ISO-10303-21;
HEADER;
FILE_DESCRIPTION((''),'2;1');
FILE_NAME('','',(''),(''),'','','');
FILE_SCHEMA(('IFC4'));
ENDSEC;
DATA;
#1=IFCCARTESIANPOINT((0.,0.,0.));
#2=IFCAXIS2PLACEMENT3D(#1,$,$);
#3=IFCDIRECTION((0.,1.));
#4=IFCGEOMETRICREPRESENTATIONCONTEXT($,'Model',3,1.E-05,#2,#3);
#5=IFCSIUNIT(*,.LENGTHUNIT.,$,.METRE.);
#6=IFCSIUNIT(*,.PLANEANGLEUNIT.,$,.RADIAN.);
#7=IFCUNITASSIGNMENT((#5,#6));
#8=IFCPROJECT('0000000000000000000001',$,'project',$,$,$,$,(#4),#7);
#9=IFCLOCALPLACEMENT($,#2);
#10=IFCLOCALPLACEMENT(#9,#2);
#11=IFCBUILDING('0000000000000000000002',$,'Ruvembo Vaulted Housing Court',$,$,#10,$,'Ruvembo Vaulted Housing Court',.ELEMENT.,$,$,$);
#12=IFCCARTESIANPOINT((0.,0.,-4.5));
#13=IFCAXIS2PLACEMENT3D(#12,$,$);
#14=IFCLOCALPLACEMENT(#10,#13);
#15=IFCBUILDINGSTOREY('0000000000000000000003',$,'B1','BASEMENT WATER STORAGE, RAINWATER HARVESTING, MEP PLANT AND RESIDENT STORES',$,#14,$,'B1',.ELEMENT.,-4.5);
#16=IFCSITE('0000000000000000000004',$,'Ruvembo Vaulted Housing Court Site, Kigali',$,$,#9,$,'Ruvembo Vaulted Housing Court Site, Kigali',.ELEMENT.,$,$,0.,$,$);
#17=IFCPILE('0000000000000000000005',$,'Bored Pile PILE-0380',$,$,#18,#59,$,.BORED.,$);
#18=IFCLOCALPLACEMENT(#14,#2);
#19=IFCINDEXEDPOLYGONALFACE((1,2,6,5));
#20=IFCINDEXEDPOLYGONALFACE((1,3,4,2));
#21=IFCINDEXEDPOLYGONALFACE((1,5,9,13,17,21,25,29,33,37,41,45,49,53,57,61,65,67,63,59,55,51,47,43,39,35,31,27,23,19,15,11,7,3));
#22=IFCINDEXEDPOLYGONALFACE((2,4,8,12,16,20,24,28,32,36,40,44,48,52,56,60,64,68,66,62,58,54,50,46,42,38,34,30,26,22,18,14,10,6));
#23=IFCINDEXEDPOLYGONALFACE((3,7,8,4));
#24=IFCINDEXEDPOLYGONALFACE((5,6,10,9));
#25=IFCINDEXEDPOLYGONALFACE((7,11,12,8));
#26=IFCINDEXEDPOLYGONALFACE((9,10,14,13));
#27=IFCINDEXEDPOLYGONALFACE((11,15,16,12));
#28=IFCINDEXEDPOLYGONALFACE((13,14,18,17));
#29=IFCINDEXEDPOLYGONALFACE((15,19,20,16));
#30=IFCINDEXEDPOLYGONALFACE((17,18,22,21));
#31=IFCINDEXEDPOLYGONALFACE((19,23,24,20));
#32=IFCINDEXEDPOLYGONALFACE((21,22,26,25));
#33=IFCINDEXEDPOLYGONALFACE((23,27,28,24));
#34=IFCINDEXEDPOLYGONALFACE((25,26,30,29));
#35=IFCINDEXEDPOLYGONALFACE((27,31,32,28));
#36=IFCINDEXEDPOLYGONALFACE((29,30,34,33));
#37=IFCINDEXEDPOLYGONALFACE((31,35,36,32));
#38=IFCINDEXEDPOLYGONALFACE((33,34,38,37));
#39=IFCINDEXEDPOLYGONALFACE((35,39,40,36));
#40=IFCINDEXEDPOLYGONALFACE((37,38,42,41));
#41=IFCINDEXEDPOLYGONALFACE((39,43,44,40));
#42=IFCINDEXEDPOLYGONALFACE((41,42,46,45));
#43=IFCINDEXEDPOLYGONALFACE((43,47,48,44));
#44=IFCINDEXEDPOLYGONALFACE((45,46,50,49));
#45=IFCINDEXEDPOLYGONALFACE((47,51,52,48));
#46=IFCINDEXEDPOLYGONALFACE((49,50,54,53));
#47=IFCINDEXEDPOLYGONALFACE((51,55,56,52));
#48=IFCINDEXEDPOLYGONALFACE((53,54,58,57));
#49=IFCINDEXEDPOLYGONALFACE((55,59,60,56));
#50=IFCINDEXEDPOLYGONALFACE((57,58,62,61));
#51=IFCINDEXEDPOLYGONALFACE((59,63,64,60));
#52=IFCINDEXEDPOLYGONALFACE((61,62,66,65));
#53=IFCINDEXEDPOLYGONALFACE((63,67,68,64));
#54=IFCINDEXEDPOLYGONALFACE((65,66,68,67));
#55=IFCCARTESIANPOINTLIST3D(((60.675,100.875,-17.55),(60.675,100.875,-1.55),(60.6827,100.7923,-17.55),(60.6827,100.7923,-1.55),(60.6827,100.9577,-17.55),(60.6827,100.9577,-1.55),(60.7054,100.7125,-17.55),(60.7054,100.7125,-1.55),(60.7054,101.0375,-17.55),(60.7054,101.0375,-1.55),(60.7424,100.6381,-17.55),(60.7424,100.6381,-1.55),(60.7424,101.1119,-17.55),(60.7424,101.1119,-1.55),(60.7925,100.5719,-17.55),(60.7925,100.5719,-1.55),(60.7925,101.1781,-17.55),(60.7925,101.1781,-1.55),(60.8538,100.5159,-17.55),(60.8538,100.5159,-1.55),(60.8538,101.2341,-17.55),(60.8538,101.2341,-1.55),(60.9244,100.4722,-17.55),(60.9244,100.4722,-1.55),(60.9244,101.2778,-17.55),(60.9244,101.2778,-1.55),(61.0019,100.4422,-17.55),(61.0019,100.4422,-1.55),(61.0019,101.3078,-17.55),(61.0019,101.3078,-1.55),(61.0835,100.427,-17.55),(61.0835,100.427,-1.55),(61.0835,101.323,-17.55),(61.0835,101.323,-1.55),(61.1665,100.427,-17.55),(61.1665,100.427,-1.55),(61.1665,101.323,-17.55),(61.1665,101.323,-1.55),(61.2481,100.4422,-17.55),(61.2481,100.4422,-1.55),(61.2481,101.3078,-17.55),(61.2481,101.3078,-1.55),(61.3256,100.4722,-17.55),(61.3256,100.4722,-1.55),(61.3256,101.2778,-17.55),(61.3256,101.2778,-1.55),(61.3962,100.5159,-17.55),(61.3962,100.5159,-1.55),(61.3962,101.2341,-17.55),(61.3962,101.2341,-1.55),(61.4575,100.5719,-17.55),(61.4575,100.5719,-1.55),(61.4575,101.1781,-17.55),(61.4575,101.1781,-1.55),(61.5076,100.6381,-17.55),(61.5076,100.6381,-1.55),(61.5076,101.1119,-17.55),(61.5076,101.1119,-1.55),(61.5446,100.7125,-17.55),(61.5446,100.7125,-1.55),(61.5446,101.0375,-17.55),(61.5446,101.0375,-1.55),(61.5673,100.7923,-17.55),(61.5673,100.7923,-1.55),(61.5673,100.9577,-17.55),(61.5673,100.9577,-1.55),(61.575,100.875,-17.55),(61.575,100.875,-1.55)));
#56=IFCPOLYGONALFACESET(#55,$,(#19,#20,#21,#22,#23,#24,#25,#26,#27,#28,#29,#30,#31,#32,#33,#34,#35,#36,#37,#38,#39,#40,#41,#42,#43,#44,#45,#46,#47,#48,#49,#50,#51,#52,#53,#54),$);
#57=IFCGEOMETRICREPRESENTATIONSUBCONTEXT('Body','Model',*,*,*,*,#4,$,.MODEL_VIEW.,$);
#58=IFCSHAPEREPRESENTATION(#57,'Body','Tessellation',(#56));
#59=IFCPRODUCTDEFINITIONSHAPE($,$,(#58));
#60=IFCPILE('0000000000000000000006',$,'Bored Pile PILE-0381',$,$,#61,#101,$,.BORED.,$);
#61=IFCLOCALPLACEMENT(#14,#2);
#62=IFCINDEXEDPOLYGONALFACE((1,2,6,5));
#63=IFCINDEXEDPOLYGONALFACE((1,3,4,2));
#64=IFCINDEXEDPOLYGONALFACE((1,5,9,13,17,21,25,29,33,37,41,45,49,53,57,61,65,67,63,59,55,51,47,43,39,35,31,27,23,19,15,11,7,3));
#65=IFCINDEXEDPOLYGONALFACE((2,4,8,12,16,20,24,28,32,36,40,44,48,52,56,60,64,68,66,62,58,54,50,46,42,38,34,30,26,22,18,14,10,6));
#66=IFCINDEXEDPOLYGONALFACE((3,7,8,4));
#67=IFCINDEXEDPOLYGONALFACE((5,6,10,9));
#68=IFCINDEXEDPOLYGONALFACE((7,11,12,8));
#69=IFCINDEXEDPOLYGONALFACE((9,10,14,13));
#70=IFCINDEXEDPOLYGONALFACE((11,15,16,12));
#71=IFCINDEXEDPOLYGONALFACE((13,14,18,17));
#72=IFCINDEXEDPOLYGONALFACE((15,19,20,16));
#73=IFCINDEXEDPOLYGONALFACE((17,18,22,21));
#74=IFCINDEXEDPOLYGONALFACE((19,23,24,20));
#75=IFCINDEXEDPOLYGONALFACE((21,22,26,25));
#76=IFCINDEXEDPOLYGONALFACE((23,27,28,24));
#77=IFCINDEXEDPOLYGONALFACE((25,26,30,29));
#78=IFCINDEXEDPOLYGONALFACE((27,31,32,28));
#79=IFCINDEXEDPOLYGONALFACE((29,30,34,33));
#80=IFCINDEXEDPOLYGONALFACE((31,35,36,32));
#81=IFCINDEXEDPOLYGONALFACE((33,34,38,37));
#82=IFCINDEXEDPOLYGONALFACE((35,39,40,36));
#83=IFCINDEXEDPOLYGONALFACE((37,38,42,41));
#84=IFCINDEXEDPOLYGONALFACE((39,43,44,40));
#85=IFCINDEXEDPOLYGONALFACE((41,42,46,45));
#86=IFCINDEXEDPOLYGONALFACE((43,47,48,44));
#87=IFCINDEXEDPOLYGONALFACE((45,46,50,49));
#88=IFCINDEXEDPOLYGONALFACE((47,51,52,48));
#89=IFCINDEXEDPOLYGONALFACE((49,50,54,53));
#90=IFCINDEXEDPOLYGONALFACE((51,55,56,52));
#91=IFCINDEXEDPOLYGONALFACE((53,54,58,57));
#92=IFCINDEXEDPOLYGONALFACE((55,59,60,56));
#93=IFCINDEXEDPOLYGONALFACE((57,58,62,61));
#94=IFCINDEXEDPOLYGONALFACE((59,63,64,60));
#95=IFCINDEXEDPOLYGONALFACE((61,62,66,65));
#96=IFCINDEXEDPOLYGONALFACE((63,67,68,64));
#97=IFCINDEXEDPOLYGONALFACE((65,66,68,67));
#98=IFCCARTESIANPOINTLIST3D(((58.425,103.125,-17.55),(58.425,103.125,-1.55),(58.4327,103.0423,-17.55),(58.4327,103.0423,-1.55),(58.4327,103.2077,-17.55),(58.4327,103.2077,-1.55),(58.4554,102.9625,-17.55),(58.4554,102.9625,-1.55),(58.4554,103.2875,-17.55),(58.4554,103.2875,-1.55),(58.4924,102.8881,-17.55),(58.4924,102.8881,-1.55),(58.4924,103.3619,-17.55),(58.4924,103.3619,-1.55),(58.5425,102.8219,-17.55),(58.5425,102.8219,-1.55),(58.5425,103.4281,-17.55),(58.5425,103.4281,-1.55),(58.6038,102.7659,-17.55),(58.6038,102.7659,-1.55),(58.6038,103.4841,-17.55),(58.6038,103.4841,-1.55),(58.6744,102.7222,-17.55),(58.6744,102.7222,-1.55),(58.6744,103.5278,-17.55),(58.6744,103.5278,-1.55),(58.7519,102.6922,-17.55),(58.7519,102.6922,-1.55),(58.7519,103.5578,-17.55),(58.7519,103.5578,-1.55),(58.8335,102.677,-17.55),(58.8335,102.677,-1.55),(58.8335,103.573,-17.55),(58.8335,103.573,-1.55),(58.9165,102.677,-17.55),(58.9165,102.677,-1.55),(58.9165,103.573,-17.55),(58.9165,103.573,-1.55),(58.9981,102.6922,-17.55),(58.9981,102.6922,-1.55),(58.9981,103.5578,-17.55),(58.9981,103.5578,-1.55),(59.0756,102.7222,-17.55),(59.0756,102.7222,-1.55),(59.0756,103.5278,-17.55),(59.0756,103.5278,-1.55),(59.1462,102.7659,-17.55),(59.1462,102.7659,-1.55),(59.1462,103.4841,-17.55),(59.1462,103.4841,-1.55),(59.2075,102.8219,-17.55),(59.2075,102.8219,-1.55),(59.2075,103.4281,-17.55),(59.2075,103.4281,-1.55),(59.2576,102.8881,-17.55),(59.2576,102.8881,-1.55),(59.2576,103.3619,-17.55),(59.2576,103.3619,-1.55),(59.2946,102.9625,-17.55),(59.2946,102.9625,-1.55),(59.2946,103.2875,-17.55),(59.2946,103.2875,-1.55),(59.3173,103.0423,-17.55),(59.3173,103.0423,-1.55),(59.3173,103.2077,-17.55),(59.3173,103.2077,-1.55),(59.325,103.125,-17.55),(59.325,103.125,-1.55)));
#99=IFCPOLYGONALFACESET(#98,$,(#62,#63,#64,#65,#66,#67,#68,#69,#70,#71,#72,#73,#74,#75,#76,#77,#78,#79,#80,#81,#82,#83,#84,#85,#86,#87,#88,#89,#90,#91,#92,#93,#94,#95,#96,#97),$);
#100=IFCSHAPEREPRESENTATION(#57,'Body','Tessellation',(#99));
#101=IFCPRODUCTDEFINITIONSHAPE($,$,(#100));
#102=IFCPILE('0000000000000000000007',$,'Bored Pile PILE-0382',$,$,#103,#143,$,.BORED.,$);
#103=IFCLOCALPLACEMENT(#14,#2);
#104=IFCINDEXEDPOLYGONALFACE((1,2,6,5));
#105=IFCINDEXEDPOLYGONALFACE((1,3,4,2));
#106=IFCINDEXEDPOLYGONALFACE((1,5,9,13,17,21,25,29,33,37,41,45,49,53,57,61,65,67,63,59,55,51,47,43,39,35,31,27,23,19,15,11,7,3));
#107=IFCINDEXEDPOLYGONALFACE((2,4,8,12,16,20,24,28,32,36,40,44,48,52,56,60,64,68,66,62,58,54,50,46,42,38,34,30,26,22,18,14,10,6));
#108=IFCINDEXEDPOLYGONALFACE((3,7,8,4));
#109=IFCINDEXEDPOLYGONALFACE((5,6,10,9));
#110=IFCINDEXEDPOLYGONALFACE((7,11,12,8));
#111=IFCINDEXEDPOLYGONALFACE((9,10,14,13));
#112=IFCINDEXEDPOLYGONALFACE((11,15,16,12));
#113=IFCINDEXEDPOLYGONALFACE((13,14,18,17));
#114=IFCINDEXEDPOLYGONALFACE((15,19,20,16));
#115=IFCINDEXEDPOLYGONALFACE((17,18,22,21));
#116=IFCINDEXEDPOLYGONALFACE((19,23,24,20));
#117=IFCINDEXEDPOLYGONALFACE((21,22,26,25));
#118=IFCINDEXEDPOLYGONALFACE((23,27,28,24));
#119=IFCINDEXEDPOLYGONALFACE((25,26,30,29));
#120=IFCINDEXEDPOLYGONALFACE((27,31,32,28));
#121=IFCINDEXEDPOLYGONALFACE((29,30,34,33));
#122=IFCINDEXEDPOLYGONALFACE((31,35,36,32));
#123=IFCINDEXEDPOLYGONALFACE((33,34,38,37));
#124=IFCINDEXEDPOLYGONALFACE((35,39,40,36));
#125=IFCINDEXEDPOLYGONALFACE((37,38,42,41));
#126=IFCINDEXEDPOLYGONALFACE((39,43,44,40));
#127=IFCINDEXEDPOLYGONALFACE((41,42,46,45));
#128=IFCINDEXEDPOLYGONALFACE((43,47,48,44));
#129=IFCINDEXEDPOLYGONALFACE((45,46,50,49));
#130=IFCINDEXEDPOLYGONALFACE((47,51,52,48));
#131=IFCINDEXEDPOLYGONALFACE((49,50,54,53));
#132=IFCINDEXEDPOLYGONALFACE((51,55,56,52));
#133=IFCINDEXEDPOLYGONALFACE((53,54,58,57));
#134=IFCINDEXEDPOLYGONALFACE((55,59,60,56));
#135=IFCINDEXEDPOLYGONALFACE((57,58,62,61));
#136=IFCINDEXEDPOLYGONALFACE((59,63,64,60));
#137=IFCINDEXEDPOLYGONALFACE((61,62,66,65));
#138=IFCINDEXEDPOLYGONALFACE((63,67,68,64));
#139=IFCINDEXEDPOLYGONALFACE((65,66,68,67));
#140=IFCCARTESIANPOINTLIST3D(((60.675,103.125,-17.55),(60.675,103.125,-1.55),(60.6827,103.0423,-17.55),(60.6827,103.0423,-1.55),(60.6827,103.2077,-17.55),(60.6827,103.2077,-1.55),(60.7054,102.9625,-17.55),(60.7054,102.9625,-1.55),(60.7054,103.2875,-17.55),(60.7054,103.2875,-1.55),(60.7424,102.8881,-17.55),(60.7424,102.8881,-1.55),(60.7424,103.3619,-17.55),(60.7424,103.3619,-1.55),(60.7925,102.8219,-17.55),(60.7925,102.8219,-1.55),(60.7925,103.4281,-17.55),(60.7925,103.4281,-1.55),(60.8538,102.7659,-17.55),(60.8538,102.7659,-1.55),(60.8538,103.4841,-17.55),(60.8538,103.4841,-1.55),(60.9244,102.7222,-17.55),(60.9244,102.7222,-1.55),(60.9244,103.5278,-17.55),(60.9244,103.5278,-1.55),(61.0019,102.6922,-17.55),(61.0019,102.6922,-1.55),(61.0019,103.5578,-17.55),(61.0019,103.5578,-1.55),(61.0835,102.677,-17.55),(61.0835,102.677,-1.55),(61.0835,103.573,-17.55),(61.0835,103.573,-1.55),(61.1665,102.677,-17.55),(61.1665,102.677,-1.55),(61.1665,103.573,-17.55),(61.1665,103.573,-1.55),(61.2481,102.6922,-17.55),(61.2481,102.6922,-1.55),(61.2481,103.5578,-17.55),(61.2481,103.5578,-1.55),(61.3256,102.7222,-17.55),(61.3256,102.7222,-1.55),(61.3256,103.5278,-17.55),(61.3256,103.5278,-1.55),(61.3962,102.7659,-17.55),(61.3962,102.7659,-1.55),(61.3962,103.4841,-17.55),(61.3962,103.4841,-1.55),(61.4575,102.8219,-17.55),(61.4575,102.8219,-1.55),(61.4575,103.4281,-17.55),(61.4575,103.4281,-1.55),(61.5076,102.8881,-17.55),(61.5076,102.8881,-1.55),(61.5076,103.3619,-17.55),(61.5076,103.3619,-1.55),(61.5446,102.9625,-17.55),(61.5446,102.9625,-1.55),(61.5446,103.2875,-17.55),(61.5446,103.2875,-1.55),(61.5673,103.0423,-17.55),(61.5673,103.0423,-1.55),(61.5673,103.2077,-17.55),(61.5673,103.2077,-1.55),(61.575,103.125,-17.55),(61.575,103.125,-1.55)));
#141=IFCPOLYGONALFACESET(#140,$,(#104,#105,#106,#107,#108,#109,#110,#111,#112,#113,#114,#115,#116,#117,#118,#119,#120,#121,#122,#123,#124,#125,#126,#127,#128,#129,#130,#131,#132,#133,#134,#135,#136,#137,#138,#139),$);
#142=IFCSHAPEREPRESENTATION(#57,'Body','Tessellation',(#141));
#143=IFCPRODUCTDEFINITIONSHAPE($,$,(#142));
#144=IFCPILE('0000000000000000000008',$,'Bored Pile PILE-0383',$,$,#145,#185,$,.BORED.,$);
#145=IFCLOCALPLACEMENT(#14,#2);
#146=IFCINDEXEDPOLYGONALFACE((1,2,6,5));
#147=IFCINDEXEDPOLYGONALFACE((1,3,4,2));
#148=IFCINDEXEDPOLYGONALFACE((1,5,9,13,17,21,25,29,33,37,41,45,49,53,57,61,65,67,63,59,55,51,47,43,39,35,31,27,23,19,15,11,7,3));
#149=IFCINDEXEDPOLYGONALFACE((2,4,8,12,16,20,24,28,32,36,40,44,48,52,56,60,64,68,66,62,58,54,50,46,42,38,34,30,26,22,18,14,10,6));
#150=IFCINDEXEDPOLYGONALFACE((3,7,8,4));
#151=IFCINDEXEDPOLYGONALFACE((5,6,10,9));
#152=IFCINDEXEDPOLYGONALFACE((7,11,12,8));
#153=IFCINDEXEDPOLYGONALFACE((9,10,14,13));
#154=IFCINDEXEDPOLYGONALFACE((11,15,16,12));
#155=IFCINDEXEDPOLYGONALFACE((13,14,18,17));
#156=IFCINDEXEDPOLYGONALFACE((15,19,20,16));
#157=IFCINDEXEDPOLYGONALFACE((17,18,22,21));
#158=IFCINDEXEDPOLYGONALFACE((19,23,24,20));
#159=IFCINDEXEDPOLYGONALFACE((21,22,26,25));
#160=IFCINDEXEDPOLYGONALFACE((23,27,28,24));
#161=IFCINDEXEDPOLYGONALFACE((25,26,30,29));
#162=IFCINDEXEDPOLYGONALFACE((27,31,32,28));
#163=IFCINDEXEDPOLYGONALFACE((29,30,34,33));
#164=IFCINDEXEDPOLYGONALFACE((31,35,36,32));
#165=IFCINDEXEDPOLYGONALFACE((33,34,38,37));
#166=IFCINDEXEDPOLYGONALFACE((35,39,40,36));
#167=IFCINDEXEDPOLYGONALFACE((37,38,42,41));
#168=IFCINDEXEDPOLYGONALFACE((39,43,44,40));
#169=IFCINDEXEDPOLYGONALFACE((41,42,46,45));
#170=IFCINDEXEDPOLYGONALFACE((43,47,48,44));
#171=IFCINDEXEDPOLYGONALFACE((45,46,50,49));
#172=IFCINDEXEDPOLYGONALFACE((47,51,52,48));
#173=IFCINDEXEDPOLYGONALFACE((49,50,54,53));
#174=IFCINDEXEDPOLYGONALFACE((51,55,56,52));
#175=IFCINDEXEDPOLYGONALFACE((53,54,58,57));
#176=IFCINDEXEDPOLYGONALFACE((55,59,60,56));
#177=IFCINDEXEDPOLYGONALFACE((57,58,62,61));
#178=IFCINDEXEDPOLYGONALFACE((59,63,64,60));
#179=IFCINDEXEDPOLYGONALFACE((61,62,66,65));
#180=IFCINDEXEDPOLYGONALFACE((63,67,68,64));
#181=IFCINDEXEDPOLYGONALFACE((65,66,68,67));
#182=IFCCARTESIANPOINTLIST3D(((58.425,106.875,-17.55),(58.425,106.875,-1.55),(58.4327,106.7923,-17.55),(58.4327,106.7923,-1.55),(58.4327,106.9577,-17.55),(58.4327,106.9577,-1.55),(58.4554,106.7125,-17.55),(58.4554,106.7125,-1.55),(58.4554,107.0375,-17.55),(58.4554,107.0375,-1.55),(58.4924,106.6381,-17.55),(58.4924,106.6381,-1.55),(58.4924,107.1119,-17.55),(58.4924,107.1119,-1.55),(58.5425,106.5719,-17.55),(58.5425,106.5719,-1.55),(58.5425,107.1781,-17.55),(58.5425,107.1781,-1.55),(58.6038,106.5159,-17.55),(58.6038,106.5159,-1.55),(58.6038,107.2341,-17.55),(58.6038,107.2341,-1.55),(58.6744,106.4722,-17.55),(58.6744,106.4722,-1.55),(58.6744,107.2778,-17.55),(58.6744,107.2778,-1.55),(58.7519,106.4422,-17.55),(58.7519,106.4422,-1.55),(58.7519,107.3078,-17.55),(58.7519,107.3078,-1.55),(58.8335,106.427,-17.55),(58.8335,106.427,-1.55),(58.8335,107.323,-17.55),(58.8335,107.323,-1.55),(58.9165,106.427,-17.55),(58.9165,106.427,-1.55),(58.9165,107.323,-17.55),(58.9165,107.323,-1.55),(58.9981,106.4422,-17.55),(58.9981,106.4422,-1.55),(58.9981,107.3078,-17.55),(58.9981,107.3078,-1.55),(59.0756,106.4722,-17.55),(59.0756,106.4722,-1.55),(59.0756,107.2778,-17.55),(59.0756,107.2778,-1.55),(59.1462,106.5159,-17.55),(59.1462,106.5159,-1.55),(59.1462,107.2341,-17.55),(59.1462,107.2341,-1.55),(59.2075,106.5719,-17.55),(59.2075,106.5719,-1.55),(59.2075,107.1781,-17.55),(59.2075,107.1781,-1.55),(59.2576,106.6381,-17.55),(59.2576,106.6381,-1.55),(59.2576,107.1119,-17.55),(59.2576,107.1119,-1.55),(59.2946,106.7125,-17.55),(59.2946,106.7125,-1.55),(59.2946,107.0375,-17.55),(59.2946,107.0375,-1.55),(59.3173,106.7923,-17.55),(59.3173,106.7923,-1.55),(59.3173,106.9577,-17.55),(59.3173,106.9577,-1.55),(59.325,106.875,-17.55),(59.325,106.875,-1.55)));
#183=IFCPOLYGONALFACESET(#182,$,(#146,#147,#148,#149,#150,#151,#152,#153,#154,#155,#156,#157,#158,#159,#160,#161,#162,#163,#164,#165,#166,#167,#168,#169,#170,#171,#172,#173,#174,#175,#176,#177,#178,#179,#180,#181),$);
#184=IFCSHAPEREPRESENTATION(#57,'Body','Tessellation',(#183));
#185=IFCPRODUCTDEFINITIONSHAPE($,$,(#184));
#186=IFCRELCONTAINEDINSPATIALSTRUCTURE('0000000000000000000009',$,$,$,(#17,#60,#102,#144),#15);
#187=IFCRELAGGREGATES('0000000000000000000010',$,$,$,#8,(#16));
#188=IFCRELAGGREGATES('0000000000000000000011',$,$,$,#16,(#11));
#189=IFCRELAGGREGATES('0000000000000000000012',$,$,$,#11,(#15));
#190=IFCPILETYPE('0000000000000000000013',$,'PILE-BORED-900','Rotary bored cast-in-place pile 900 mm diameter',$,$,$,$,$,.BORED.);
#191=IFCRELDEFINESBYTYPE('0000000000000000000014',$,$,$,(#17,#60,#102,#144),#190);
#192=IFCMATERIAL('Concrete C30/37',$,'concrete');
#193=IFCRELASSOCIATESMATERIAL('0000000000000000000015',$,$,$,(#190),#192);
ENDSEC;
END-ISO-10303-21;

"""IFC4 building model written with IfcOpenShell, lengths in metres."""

from ifc_helpers import new_model, si_unit, direction, frame, origin, origin_2d, place, context, subcontext, project, spatial, circle, extrude, material, material_profile, profile_set, type_object, element, save


model = new_model("IFC4")

# Units and contexts
model_context = context("Model", 3, precision=1e-05, world=origin(), true_north=direction((0.0, 1.0)))
body_context = subcontext(model_context, "Body", "Model", "MODEL_VIEW")
ifc_project = project(units=[si_unit("LENGTHUNIT", "METRE"), si_unit("PLANEANGLEUNIT", "RADIAN")], contexts=[model_context])

# Site, building, storey
site_placement = place(None, origin())
site = spatial("IfcSite", under=ifc_project, at=site_placement, Name="Ruvembo Vaulted Housing Court Site, Kigali", LongName="Ruvembo Vaulted Housing Court Site, Kigali", CompositionType="ELEMENT", RefElevation=0.0)
building_placement = place(site_placement, origin())
building = spatial("IfcBuilding", under=site, at=building_placement, Name="Ruvembo Vaulted Housing Court", LongName="Ruvembo Vaulted Housing Court", CompositionType="ELEMENT")
storey_placement = place(building_placement, frame((0.0, 0.0, -4.5)))
storey = spatial("IfcBuildingStorey", under=building, at=storey_placement, Name="B1", Description="BASEMENT WATER STORAGE, RAINWATER HARVESTING, MEP PLANT AND RESIDENT STORES", LongName="B1", CompositionType="ELEMENT", Elevation=-4.5)

# Piles
ifc_material_1 = material(Name="Concrete C30/37", Category="concrete")
ifc_material_profile_1 = material_profile(ifc_material_1, circle(Radius=0.45, at=origin_2d()), Name="PILE D900")
ifc_profile_set_1 = profile_set([ifc_material_profile_1], Name="Concrete C30/37")
pile_type = type_object("IfcPileType", Name="PILE-BORED-900", Description="Rotary bored cast-in-place pile 900 mm diameter", PredefinedType="BORED", material=ifc_profile_set_1)
for number, where, z_axis, x_axis, name in (
    (1, (61.125, 100.875, -1.55), (0.0, 0.0, -1.0), (1.0, 0.0, 0.0), "Bored Pile PILE-0380"),
    (2, (58.875, 103.125, -1.55), (0.0, 0.0, -1.0), (1.0, 0.0, 0.0), "Bored Pile PILE-0381"),
    (3, (61.125, 103.125, -1.55), (0.0, 0.0, -1.0), (1.0, 0.0, 0.0), "Bored Pile PILE-0382"),
    (4, (58.875, 106.875, -1.55), (0.0, 0.0, -1.0), (1.0, 0.0, 0.0), "Bored Pile PILE-0383"),
):
    element("IfcPile", number, at=place(storey_placement, frame(where, z_axis=z_axis, x_axis=x_axis)), inside=storey, type_object=pile_type, Name=name, PredefinedType="BORED", context=body_context, shape_type="SweptSolid", body=[
        extrude(circle(Radius=0.45, at=origin_2d()), origin(), (0.0, 0.0, 1.0), 16.0),
    ])

save(model, "model.ifc")
